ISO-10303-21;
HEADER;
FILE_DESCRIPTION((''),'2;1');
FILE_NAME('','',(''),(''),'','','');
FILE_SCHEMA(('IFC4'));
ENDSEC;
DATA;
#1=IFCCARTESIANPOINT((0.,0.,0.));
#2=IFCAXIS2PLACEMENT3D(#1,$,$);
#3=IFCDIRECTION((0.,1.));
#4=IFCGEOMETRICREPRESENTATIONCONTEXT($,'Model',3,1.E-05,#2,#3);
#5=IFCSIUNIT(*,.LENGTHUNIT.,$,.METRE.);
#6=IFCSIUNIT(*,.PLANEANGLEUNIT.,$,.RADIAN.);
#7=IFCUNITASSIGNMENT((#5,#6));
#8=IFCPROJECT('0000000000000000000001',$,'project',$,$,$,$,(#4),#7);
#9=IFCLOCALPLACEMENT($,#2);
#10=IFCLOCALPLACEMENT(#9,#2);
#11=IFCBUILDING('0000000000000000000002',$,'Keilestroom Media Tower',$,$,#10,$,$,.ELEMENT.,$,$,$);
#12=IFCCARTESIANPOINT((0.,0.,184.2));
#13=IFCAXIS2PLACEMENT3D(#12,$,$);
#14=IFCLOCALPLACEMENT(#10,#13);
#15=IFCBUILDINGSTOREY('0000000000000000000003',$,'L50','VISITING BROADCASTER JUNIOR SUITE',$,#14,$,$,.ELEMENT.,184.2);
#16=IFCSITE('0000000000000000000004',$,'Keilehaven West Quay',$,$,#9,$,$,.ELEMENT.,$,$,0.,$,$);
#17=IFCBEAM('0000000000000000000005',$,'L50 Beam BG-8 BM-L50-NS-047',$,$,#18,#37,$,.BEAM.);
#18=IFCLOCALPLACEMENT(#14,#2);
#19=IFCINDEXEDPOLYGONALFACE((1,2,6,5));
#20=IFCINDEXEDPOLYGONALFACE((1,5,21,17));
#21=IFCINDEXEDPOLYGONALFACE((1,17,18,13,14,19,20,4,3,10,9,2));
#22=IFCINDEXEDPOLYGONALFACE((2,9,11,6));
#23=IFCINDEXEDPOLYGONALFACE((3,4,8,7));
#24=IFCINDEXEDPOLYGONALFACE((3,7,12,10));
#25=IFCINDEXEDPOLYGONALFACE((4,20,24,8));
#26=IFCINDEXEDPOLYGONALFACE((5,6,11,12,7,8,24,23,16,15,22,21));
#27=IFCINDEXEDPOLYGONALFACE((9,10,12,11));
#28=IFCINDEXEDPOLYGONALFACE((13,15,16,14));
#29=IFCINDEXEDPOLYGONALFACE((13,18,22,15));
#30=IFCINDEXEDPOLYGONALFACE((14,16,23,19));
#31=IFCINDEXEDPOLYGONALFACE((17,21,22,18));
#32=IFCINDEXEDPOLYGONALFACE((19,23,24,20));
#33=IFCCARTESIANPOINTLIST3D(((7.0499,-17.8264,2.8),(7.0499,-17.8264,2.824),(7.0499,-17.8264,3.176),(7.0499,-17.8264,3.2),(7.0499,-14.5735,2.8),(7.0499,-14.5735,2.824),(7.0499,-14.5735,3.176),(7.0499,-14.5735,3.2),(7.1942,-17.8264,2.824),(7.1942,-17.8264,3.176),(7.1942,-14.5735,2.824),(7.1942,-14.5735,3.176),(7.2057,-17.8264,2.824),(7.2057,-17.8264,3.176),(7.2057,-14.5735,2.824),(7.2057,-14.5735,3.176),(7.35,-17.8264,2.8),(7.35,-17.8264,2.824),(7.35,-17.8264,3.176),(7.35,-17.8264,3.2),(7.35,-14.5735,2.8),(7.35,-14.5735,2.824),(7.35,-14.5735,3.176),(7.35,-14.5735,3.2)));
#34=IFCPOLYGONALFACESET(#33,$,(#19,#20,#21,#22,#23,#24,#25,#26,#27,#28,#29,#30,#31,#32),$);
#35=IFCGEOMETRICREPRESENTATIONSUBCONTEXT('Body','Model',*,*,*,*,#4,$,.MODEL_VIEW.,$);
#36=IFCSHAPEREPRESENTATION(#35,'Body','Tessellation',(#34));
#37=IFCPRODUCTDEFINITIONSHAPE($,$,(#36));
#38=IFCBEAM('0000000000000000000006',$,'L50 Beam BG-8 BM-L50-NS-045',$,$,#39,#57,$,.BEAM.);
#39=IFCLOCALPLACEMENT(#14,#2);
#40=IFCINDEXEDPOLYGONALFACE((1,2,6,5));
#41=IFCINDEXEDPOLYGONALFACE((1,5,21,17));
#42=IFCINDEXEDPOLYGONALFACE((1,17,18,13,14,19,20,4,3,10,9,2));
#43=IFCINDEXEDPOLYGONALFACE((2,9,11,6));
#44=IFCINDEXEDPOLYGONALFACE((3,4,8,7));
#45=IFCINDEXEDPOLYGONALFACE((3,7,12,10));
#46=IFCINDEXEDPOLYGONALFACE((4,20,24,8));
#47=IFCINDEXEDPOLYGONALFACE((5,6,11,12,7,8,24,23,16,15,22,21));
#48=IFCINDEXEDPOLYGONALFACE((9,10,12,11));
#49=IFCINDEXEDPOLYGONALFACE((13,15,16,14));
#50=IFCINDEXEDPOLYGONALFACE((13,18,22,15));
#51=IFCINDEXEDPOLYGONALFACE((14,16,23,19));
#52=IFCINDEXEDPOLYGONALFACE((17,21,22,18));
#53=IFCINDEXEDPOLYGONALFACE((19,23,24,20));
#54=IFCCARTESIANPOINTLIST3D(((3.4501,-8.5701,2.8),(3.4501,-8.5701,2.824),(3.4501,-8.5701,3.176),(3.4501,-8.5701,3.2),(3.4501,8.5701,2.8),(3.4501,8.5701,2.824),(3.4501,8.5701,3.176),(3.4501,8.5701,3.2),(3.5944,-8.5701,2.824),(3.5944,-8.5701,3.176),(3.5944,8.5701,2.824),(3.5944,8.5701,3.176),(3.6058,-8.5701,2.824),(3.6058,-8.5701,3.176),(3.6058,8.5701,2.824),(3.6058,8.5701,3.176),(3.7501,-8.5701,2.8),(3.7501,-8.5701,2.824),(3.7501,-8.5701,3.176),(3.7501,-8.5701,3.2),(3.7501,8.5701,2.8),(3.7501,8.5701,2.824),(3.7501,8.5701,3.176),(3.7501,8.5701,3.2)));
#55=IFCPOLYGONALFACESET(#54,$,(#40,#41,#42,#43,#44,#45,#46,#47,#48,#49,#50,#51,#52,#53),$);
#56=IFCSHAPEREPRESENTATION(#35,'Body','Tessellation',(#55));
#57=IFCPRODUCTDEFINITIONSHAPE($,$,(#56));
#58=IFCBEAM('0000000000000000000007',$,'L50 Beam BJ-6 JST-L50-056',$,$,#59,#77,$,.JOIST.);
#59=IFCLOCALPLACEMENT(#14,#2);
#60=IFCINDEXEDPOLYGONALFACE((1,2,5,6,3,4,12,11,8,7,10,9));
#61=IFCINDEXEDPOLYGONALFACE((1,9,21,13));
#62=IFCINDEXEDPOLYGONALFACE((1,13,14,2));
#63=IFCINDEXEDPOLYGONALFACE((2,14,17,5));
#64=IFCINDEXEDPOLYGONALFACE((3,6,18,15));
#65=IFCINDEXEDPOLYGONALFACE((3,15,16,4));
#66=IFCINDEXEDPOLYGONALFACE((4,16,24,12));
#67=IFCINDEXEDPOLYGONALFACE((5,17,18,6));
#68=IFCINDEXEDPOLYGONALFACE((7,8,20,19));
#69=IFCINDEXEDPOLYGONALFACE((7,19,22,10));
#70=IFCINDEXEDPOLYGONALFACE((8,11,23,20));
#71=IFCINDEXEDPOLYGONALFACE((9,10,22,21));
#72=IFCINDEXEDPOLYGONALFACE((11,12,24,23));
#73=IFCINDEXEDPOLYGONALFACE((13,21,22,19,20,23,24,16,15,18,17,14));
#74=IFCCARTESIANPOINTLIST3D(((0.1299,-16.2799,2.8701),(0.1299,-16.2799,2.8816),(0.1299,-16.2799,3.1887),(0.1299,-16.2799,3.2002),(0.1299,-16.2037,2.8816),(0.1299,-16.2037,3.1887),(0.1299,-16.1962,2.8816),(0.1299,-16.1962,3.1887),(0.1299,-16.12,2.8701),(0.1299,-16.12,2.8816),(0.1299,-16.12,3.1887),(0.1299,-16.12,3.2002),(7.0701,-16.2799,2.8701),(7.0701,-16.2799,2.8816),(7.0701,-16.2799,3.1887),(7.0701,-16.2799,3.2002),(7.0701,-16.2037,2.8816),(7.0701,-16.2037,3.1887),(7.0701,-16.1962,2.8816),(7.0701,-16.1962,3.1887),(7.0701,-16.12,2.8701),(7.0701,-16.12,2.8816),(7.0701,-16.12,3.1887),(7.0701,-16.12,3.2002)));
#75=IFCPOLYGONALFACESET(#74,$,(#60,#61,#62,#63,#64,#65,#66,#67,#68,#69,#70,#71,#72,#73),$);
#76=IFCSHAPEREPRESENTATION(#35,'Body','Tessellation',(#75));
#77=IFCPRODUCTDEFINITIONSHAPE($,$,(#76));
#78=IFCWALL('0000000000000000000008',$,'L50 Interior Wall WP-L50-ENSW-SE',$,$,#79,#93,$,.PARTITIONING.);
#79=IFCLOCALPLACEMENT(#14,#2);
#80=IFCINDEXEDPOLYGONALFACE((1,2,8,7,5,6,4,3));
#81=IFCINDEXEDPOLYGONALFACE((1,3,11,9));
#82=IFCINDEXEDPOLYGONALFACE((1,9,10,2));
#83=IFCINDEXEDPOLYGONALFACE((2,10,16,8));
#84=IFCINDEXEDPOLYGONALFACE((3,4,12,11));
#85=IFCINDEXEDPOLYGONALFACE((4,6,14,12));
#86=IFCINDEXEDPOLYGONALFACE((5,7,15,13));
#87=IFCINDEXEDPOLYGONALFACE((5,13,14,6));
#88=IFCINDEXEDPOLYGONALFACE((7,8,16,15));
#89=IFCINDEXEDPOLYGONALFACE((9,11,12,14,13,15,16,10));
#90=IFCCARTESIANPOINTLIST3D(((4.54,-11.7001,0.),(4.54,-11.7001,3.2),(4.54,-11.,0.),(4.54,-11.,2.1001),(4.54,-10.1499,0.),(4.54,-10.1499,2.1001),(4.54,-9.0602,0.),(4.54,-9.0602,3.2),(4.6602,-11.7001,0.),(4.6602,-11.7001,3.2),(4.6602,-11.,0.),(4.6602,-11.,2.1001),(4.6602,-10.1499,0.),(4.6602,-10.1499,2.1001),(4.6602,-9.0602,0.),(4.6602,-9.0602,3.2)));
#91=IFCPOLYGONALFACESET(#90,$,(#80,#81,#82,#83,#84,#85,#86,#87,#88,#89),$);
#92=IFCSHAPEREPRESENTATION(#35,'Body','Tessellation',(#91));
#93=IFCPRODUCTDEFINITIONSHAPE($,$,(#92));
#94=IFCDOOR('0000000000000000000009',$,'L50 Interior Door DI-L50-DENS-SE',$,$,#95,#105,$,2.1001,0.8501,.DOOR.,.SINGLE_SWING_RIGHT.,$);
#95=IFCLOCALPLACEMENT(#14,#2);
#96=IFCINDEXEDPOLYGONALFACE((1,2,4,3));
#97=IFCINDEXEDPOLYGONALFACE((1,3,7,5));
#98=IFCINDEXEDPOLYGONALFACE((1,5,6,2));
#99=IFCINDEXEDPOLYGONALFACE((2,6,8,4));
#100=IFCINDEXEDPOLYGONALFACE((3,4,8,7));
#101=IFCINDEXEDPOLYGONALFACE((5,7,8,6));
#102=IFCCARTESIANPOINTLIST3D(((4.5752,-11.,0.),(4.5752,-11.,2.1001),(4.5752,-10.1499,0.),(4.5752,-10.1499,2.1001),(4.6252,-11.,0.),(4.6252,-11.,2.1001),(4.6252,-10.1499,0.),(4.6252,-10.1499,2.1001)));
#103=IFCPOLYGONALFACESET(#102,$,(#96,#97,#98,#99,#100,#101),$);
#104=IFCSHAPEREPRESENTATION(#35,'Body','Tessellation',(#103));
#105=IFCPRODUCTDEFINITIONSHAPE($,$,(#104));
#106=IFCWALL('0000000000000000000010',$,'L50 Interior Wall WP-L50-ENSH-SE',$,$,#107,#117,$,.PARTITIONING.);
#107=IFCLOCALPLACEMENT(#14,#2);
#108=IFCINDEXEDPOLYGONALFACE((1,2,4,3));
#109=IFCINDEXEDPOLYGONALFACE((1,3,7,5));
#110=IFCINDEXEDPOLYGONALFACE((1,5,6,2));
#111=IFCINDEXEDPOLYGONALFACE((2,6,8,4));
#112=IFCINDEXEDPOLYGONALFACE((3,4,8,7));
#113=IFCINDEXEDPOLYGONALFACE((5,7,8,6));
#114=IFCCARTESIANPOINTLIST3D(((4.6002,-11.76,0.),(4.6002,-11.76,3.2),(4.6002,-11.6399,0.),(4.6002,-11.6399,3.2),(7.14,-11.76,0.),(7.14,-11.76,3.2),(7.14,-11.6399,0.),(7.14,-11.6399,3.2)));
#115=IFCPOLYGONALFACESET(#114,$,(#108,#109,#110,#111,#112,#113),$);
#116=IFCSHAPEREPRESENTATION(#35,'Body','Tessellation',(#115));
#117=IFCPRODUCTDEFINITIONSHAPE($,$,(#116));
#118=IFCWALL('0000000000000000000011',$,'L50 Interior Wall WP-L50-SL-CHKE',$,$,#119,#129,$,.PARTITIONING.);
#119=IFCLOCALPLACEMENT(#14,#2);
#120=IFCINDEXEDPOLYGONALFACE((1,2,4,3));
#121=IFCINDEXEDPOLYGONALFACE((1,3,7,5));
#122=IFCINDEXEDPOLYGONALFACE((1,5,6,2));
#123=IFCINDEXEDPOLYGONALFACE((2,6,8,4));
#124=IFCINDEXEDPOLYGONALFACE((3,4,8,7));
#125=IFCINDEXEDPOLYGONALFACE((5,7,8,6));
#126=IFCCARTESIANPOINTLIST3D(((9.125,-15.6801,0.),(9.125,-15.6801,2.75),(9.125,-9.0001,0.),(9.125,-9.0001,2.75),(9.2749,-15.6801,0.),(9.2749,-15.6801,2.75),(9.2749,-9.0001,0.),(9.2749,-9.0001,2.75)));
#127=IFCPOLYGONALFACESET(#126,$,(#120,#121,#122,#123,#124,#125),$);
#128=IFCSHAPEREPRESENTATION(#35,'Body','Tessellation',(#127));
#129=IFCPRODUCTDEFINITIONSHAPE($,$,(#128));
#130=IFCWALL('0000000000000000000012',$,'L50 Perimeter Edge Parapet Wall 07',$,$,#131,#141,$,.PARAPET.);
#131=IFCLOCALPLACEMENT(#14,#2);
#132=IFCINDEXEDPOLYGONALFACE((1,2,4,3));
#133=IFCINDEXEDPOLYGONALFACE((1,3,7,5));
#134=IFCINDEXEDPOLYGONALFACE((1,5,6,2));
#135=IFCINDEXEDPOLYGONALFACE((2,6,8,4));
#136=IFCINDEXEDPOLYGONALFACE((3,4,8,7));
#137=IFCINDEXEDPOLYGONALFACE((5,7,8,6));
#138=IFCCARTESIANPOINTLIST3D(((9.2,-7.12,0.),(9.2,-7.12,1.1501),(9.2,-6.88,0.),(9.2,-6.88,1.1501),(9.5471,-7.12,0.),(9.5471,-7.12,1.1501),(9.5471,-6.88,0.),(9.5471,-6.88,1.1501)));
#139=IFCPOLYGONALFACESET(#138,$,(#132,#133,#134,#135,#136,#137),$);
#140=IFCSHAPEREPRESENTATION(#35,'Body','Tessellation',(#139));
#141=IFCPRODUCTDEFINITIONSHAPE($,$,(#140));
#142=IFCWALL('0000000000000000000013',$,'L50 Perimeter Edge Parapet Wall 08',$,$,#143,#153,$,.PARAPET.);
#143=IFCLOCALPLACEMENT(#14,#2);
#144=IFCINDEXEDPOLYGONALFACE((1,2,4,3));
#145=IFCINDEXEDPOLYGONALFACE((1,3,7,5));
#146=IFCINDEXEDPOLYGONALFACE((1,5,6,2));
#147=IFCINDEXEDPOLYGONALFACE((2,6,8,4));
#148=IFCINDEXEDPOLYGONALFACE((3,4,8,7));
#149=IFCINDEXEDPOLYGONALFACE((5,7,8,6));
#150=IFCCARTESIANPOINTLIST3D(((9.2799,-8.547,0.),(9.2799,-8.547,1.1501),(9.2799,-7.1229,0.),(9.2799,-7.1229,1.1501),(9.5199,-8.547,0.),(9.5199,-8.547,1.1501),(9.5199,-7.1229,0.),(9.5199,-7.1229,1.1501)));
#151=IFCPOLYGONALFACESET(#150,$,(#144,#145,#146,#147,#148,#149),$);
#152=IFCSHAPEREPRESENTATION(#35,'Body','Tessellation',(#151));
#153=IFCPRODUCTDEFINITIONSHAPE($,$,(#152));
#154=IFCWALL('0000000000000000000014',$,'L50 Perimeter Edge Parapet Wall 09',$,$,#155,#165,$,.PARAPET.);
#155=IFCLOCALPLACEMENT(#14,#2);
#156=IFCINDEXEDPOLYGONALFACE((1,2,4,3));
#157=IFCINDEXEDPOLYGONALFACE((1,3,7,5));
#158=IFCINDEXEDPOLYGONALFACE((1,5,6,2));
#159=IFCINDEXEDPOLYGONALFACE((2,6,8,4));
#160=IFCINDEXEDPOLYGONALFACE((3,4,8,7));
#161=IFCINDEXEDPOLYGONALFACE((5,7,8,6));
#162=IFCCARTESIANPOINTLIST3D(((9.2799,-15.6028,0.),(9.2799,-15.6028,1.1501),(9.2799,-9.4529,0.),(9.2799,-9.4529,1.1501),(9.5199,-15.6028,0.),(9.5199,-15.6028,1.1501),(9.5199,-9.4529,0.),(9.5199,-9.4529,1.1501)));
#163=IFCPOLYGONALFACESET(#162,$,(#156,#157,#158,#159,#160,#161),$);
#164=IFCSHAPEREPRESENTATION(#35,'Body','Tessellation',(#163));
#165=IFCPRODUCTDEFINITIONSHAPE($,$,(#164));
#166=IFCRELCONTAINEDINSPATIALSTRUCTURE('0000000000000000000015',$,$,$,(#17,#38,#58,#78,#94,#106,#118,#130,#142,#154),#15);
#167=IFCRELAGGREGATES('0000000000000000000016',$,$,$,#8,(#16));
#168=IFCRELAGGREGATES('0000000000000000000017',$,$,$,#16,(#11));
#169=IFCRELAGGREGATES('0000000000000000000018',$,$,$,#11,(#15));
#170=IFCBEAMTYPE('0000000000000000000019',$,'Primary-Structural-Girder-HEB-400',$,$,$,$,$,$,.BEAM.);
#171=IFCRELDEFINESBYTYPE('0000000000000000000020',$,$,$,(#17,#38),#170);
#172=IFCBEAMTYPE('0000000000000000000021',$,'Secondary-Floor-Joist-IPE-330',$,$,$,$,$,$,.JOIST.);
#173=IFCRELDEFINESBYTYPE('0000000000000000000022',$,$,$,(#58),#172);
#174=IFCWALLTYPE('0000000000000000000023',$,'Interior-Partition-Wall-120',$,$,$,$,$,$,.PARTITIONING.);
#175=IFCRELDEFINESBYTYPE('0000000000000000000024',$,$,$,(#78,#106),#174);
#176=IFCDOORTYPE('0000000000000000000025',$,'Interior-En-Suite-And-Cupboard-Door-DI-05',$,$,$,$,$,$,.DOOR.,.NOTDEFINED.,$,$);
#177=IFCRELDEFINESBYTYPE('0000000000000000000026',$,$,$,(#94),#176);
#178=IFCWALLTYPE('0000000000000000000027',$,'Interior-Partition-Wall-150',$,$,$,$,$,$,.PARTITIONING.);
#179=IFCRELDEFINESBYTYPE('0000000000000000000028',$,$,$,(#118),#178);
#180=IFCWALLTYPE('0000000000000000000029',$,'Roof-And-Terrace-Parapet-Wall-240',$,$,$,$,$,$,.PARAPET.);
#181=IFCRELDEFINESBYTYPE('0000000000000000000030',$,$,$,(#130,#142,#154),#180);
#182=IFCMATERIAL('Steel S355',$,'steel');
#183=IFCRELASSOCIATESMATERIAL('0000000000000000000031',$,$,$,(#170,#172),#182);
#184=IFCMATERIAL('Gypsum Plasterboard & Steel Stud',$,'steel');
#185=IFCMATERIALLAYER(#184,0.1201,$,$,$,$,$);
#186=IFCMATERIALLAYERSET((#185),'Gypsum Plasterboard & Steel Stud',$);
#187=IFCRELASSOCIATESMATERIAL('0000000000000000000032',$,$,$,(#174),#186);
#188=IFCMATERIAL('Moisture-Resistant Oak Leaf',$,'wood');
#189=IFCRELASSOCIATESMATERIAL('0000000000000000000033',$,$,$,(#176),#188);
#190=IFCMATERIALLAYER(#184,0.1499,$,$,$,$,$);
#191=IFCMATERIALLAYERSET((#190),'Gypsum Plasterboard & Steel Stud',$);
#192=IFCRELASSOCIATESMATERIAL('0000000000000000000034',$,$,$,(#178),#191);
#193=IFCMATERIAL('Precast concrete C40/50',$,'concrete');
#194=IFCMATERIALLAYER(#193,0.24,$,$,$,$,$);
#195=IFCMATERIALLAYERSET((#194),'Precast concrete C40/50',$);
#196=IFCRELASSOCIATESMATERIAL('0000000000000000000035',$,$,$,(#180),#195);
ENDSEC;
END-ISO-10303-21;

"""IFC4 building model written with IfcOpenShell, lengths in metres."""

from ifc_helpers import new_model, si_unit, direction, frame, frame_2d, origin, origin_2d, place, context, subcontext, project, spatial, rectangle, i_section, extrude, source, transform, mapped, material, layer, layer_set, material_profile, profile_set, type_object, element, fill, save


model = new_model("IFC4")

# Units and contexts
model_context = context("Model", 3, precision=1e-05, world=origin(), true_north=direction((0.0, 1.0)))
body_context = subcontext(model_context, "Body", "Model", "MODEL_VIEW")
ifc_project = project(units=[si_unit("LENGTHUNIT", "METRE"), si_unit("PLANEANGLEUNIT", "RADIAN")], contexts=[model_context])

# Site, building, storey
site_placement = place(None, origin())
site = spatial("IfcSite", under=ifc_project, at=site_placement, Name="Keilehaven West Quay", CompositionType="ELEMENT", RefElevation=0.0)
building_placement = place(site_placement, origin())
building = spatial("IfcBuilding", under=site, at=building_placement, Name="Keilestroom Media Tower", CompositionType="ELEMENT")
storey_placement = place(building_placement, frame((0.0, 0.0, 184.2)))
storey = spatial("IfcBuildingStorey", under=building, at=storey_placement, Name="L50", Description="VISITING BROADCASTER JUNIOR SUITE", CompositionType="ELEMENT", Elevation=184.2)

# Shared definitions
ifc_material_1 = material(Name="Precast concrete C40/50", Category="concrete")
ifc_material_2 = material(Name="Steel S355", Category="steel")

# Beams
ifc_material_profile_1 = material_profile(ifc_material_2, i_section(OverallWidth=0.3, OverallDepth=0.3999, WebThickness=0.0115, FlangeThickness=0.0239, at=origin_2d()), Name="HEB 400")
ifc_profile_set_1 = profile_set([ifc_material_profile_1], Name="Steel S355")
beam_type_1 = type_object("IfcBeamType", Name="Primary-Structural-Girder-HEB-400", PredefinedType="BEAM", material=ifc_profile_set_1)
shared_shape_1 = source(origin(), body_context, "Body", "SweptSolid", [
    extrude(i_section(OverallWidth=0.3, OverallDepth=0.3999, WebThickness=0.0115, FlangeThickness=0.0239, at=origin_2d()), origin(), (0.0, 0.0, 1.0), 3.2529),
])
for number, where, z_axis, x_axis, name in (
    (1, (7.2, -17.8264, 3.0), (0.0, 1.0, 0.0), (-1.0, 0.0, 0.0), "L50 Beam BG-8 BM-L50-NS-047"),
):
    element("IfcBeam", number, at=place(storey_placement, frame(where, z_axis=z_axis, x_axis=x_axis)), inside=storey, type_object=beam_type_1, Name=name, PredefinedType="BEAM", context=body_context, shape_type="MappedRepresentation", body=[
        mapped(shared_shape_1, transform((0.0, 0.0, 0.0), x_axis=(1.0, 0.0, 0.0), y_axis=(0.0, 1.0, 0.0), z_axis=(0.0, 0.0, 1.0), scale=1.0)),
    ])
shared_shape_2 = source(origin(), body_context, "Body", "SweptSolid", [
    extrude(i_section(OverallWidth=0.3, OverallDepth=0.3999, WebThickness=0.0115, FlangeThickness=0.0239, at=origin_2d()), origin(), (0.0, 0.0, 1.0), 17.1401),
])
beam_1_placement = place(storey_placement, frame((3.6001, -8.5701, 3.0), z_axis=(0.0, 1.0, 0.0), x_axis=(-1.0, 0.0, 0.0)))
element("IfcBeam", 2, at=beam_1_placement, inside=storey, type_object=beam_type_1, Name="L50 Beam BG-8 BM-L50-NS-045", PredefinedType="BEAM", context=body_context, shape_type="MappedRepresentation", body=[
    mapped(shared_shape_2, transform((0.0, 0.0, 0.0), x_axis=(1.0, 0.0, 0.0), y_axis=(0.0, 1.0, 0.0), z_axis=(0.0, 0.0, 1.0), scale=1.0)),
])
ifc_material_profile_2 = material_profile(ifc_material_2, i_section(OverallWidth=0.1599, OverallDepth=0.3301, WebThickness=0.0076, FlangeThickness=0.0115, at=origin_2d()), Name="IPE 330")
ifc_profile_set_2 = profile_set([ifc_material_profile_2], Name="Steel S355")
beam_type_2 = type_object("IfcBeamType", Name="Secondary-Floor-Joist-IPE-330", PredefinedType="JOIST", material=ifc_profile_set_2)
shared_shape_3 = source(origin(), body_context, "Body", "SweptSolid", [
    extrude(i_section(OverallWidth=0.1599, OverallDepth=0.3301, WebThickness=0.0076, FlangeThickness=0.0115, at=origin_2d()), origin(), (0.0, 0.0, 1.0), 6.9402),
])
beam_2_placement = place(storey_placement, frame((0.1299, -16.2, 3.0352), z_axis=(1.0, 0.0, 0.0), x_axis=(0.0, 1.0, 0.0)))
element("IfcBeam", 3, at=beam_2_placement, inside=storey, type_object=beam_type_2, Name="L50 Beam BJ-6 JST-L50-056", PredefinedType="JOIST", context=body_context, shape_type="MappedRepresentation", body=[
    mapped(shared_shape_3, transform((0.0, 0.0, 0.0), x_axis=(1.0, 0.0, 0.0), y_axis=(0.0, 1.0, 0.0), z_axis=(0.0, 0.0, 1.0), scale=1.0)),
])

# Wall, opening, door
ifc_material_3 = material(Name="Gypsum Plasterboard & Steel Stud", Category="steel")
ifc_layer_1 = layer(ifc_material_3, 0.1201)
ifc_layer_set_1 = layer_set([ifc_layer_1], Name="Gypsum Plasterboard & Steel Stud")
wall_type_1 = type_object("IfcWallType", Name="Interior-Partition-Wall-120", PredefinedType="PARTITIONING", material=ifc_layer_set_1)
wall_1_placement = place(storey_placement, frame((4.6001, -11.7, 0.0), z_axis=(0.0, 0.0, 1.0), x_axis=(0.0, 1.0, 0.0)))
wall_1 = element("IfcWall", 4, at=wall_1_placement, inside=storey, type_object=wall_type_1, Name="L50 Interior Wall WP-L50-ENSW-SE", PredefinedType="PARTITIONING", context=body_context, shape_type="SweptSolid", body=[
    extrude(rectangle(XDim=2.6399, YDim=0.1201, at=frame_2d((1.3198, 0.0))), origin(), (0.0, 0.0, 1.0), 3.2),
])
opening_placement = place(wall_1_placement, frame((0.7, 0.0, 0.0)))
opening = element("IfcOpeningElement", 5, at=opening_placement, cuts=wall_1, PredefinedType="OPENING", context=body_context, shape_type="SweptSolid", body=[
    extrude(rectangle(XDim=0.8501, YDim=2.1001, at=frame_2d((0.425, 1.05))), frame((0.0, 0.0701, 0.0), z_axis=(0.0, -1.0, 0.0), x_axis=(1.0, 0.0, 0.0)), (0.0, 0.0, 1.0), 0.1401),
])
ifc_material_4 = material(Name="Moisture-Resistant Oak Leaf", Category="wood")
door_type = type_object("IfcDoorType", Name="Interior-En-Suite-And-Cupboard-Door-DI-05", OperationType="NOTDEFINED", PredefinedType="DOOR", material=ifc_material_4)
shared_shape_4 = source(origin(), body_context, "Body", "SweptSolid", [
    extrude(rectangle(XDim=0.8501, YDim=2.1001, at=frame_2d((0.425, 1.05))), frame((0.0, 0.0249, 0.0), z_axis=(0.0, -1.0, 0.0), x_axis=(1.0, 0.0, 0.0)), (0.0, 0.0, 1.0), 0.05),
])
door_placement = place(opening_placement, origin())
door = element("IfcDoor", 6, at=door_placement, inside=storey, type_object=door_type, Name="L50 Interior Door DI-L50-DENS-SE", OperationType="SINGLE_SWING_RIGHT", OverallHeight=2.1001, OverallWidth=0.8501, PredefinedType="DOOR", context=body_context, shape_type="MappedRepresentation", body=[
    mapped(shared_shape_4, transform((0.0, 0.0, 0.0), x_axis=(1.0, 0.0, 0.0), y_axis=(0.0, 1.0, 0.0), z_axis=(0.0, 0.0, 1.0), scale=1.0)),
])
fill(opening, door)

# Walls
wall_2_placement = place(storey_placement, frame((4.6001, -11.7, 0.0), z_axis=(0.0, 0.0, 1.0), x_axis=(1.0, 0.0, 0.0)))
element("IfcWall", 7, at=wall_2_placement, inside=storey, type_object=wall_type_1, Name="L50 Interior Wall WP-L50-ENSH-SE", PredefinedType="PARTITIONING", context=body_context, shape_type="SweptSolid", body=[
    extrude(rectangle(XDim=2.5398, YDim=0.1201, at=frame_2d((1.27, 0.0))), origin(), (0.0, 0.0, 1.0), 3.2),
])
ifc_layer_2 = layer(ifc_material_3, 0.1499)
ifc_layer_set_2 = layer_set([ifc_layer_2], Name="Gypsum Plasterboard & Steel Stud")
wall_type_2 = type_object("IfcWallType", Name="Interior-Partition-Wall-150", PredefinedType="PARTITIONING", material=ifc_layer_set_2)
wall_3_placement = place(storey_placement, frame((9.2, -15.6799, 0.0), z_axis=(0.0, 0.0, 1.0), x_axis=(0.0, 1.0, 0.0)))
element("IfcWall", 8, at=wall_3_placement, inside=storey, type_object=wall_type_2, Name="L50 Interior Wall WP-L50-SL-CHKE", PredefinedType="PARTITIONING", context=body_context, shape_type="SweptSolid", body=[
    extrude(rectangle(XDim=6.6799, YDim=0.1499, at=frame_2d((3.3398, 0.0))), origin(), (0.0, 0.0, 1.0), 2.75),
])
ifc_layer_3 = layer(ifc_material_1, 0.24)
ifc_layer_set_3 = layer_set([ifc_layer_3], Name="Precast concrete C40/50")
wall_type_3 = type_object("IfcWallType", Name="Roof-And-Terrace-Parapet-Wall-240", PredefinedType="PARAPET", material=ifc_layer_set_3)
wall_4_placement = place(storey_placement, frame((9.5471, -7.0, 0.0), z_axis=(0.0, 0.0, 1.0), x_axis=(-1.0, 0.0, 0.0)))
element("IfcWall", 9, at=wall_4_placement, inside=storey, type_object=wall_type_3, Name="L50 Perimeter Edge Parapet Wall 07", PredefinedType="PARAPET", context=body_context, shape_type="SweptSolid", body=[
    extrude(rectangle(XDim=0.3472, YDim=0.24, at=frame_2d((0.1736, 0.0))), origin(), (0.0, 0.0, 1.0), 1.1501),
])
wall_5_placement = place(storey_placement, frame((9.3999, -7.123, 0.0), z_axis=(0.0, 0.0, 1.0), x_axis=(0.0, -1.0, 0.0)))
element("IfcWall", 10, at=wall_5_placement, inside=storey, type_object=wall_type_3, Name="L50 Perimeter Edge Parapet Wall 08", PredefinedType="PARAPET", context=body_context, shape_type="SweptSolid", body=[
    extrude(rectangle(XDim=1.4241, YDim=0.24, at=frame_2d((0.7119, 0.0))), origin(), (0.0, 0.0, 1.0), 1.1501),
])
wall_6_placement = place(storey_placement, frame((9.3999, -9.4529, 0.0), z_axis=(0.0, 0.0, 1.0), x_axis=(0.0, -1.0, 0.0)))
element("IfcWall", 11, at=wall_6_placement, inside=storey, type_object=wall_type_3, Name="L50 Perimeter Edge Parapet Wall 09", PredefinedType="PARAPET", context=body_context, shape_type="SweptSolid", body=[
    extrude(rectangle(XDim=6.1499, YDim=0.24, at=frame_2d((3.075, 0.0))), origin(), (0.0, 0.0, 1.0), 1.1501),
])

save(model, "model.ifc")
